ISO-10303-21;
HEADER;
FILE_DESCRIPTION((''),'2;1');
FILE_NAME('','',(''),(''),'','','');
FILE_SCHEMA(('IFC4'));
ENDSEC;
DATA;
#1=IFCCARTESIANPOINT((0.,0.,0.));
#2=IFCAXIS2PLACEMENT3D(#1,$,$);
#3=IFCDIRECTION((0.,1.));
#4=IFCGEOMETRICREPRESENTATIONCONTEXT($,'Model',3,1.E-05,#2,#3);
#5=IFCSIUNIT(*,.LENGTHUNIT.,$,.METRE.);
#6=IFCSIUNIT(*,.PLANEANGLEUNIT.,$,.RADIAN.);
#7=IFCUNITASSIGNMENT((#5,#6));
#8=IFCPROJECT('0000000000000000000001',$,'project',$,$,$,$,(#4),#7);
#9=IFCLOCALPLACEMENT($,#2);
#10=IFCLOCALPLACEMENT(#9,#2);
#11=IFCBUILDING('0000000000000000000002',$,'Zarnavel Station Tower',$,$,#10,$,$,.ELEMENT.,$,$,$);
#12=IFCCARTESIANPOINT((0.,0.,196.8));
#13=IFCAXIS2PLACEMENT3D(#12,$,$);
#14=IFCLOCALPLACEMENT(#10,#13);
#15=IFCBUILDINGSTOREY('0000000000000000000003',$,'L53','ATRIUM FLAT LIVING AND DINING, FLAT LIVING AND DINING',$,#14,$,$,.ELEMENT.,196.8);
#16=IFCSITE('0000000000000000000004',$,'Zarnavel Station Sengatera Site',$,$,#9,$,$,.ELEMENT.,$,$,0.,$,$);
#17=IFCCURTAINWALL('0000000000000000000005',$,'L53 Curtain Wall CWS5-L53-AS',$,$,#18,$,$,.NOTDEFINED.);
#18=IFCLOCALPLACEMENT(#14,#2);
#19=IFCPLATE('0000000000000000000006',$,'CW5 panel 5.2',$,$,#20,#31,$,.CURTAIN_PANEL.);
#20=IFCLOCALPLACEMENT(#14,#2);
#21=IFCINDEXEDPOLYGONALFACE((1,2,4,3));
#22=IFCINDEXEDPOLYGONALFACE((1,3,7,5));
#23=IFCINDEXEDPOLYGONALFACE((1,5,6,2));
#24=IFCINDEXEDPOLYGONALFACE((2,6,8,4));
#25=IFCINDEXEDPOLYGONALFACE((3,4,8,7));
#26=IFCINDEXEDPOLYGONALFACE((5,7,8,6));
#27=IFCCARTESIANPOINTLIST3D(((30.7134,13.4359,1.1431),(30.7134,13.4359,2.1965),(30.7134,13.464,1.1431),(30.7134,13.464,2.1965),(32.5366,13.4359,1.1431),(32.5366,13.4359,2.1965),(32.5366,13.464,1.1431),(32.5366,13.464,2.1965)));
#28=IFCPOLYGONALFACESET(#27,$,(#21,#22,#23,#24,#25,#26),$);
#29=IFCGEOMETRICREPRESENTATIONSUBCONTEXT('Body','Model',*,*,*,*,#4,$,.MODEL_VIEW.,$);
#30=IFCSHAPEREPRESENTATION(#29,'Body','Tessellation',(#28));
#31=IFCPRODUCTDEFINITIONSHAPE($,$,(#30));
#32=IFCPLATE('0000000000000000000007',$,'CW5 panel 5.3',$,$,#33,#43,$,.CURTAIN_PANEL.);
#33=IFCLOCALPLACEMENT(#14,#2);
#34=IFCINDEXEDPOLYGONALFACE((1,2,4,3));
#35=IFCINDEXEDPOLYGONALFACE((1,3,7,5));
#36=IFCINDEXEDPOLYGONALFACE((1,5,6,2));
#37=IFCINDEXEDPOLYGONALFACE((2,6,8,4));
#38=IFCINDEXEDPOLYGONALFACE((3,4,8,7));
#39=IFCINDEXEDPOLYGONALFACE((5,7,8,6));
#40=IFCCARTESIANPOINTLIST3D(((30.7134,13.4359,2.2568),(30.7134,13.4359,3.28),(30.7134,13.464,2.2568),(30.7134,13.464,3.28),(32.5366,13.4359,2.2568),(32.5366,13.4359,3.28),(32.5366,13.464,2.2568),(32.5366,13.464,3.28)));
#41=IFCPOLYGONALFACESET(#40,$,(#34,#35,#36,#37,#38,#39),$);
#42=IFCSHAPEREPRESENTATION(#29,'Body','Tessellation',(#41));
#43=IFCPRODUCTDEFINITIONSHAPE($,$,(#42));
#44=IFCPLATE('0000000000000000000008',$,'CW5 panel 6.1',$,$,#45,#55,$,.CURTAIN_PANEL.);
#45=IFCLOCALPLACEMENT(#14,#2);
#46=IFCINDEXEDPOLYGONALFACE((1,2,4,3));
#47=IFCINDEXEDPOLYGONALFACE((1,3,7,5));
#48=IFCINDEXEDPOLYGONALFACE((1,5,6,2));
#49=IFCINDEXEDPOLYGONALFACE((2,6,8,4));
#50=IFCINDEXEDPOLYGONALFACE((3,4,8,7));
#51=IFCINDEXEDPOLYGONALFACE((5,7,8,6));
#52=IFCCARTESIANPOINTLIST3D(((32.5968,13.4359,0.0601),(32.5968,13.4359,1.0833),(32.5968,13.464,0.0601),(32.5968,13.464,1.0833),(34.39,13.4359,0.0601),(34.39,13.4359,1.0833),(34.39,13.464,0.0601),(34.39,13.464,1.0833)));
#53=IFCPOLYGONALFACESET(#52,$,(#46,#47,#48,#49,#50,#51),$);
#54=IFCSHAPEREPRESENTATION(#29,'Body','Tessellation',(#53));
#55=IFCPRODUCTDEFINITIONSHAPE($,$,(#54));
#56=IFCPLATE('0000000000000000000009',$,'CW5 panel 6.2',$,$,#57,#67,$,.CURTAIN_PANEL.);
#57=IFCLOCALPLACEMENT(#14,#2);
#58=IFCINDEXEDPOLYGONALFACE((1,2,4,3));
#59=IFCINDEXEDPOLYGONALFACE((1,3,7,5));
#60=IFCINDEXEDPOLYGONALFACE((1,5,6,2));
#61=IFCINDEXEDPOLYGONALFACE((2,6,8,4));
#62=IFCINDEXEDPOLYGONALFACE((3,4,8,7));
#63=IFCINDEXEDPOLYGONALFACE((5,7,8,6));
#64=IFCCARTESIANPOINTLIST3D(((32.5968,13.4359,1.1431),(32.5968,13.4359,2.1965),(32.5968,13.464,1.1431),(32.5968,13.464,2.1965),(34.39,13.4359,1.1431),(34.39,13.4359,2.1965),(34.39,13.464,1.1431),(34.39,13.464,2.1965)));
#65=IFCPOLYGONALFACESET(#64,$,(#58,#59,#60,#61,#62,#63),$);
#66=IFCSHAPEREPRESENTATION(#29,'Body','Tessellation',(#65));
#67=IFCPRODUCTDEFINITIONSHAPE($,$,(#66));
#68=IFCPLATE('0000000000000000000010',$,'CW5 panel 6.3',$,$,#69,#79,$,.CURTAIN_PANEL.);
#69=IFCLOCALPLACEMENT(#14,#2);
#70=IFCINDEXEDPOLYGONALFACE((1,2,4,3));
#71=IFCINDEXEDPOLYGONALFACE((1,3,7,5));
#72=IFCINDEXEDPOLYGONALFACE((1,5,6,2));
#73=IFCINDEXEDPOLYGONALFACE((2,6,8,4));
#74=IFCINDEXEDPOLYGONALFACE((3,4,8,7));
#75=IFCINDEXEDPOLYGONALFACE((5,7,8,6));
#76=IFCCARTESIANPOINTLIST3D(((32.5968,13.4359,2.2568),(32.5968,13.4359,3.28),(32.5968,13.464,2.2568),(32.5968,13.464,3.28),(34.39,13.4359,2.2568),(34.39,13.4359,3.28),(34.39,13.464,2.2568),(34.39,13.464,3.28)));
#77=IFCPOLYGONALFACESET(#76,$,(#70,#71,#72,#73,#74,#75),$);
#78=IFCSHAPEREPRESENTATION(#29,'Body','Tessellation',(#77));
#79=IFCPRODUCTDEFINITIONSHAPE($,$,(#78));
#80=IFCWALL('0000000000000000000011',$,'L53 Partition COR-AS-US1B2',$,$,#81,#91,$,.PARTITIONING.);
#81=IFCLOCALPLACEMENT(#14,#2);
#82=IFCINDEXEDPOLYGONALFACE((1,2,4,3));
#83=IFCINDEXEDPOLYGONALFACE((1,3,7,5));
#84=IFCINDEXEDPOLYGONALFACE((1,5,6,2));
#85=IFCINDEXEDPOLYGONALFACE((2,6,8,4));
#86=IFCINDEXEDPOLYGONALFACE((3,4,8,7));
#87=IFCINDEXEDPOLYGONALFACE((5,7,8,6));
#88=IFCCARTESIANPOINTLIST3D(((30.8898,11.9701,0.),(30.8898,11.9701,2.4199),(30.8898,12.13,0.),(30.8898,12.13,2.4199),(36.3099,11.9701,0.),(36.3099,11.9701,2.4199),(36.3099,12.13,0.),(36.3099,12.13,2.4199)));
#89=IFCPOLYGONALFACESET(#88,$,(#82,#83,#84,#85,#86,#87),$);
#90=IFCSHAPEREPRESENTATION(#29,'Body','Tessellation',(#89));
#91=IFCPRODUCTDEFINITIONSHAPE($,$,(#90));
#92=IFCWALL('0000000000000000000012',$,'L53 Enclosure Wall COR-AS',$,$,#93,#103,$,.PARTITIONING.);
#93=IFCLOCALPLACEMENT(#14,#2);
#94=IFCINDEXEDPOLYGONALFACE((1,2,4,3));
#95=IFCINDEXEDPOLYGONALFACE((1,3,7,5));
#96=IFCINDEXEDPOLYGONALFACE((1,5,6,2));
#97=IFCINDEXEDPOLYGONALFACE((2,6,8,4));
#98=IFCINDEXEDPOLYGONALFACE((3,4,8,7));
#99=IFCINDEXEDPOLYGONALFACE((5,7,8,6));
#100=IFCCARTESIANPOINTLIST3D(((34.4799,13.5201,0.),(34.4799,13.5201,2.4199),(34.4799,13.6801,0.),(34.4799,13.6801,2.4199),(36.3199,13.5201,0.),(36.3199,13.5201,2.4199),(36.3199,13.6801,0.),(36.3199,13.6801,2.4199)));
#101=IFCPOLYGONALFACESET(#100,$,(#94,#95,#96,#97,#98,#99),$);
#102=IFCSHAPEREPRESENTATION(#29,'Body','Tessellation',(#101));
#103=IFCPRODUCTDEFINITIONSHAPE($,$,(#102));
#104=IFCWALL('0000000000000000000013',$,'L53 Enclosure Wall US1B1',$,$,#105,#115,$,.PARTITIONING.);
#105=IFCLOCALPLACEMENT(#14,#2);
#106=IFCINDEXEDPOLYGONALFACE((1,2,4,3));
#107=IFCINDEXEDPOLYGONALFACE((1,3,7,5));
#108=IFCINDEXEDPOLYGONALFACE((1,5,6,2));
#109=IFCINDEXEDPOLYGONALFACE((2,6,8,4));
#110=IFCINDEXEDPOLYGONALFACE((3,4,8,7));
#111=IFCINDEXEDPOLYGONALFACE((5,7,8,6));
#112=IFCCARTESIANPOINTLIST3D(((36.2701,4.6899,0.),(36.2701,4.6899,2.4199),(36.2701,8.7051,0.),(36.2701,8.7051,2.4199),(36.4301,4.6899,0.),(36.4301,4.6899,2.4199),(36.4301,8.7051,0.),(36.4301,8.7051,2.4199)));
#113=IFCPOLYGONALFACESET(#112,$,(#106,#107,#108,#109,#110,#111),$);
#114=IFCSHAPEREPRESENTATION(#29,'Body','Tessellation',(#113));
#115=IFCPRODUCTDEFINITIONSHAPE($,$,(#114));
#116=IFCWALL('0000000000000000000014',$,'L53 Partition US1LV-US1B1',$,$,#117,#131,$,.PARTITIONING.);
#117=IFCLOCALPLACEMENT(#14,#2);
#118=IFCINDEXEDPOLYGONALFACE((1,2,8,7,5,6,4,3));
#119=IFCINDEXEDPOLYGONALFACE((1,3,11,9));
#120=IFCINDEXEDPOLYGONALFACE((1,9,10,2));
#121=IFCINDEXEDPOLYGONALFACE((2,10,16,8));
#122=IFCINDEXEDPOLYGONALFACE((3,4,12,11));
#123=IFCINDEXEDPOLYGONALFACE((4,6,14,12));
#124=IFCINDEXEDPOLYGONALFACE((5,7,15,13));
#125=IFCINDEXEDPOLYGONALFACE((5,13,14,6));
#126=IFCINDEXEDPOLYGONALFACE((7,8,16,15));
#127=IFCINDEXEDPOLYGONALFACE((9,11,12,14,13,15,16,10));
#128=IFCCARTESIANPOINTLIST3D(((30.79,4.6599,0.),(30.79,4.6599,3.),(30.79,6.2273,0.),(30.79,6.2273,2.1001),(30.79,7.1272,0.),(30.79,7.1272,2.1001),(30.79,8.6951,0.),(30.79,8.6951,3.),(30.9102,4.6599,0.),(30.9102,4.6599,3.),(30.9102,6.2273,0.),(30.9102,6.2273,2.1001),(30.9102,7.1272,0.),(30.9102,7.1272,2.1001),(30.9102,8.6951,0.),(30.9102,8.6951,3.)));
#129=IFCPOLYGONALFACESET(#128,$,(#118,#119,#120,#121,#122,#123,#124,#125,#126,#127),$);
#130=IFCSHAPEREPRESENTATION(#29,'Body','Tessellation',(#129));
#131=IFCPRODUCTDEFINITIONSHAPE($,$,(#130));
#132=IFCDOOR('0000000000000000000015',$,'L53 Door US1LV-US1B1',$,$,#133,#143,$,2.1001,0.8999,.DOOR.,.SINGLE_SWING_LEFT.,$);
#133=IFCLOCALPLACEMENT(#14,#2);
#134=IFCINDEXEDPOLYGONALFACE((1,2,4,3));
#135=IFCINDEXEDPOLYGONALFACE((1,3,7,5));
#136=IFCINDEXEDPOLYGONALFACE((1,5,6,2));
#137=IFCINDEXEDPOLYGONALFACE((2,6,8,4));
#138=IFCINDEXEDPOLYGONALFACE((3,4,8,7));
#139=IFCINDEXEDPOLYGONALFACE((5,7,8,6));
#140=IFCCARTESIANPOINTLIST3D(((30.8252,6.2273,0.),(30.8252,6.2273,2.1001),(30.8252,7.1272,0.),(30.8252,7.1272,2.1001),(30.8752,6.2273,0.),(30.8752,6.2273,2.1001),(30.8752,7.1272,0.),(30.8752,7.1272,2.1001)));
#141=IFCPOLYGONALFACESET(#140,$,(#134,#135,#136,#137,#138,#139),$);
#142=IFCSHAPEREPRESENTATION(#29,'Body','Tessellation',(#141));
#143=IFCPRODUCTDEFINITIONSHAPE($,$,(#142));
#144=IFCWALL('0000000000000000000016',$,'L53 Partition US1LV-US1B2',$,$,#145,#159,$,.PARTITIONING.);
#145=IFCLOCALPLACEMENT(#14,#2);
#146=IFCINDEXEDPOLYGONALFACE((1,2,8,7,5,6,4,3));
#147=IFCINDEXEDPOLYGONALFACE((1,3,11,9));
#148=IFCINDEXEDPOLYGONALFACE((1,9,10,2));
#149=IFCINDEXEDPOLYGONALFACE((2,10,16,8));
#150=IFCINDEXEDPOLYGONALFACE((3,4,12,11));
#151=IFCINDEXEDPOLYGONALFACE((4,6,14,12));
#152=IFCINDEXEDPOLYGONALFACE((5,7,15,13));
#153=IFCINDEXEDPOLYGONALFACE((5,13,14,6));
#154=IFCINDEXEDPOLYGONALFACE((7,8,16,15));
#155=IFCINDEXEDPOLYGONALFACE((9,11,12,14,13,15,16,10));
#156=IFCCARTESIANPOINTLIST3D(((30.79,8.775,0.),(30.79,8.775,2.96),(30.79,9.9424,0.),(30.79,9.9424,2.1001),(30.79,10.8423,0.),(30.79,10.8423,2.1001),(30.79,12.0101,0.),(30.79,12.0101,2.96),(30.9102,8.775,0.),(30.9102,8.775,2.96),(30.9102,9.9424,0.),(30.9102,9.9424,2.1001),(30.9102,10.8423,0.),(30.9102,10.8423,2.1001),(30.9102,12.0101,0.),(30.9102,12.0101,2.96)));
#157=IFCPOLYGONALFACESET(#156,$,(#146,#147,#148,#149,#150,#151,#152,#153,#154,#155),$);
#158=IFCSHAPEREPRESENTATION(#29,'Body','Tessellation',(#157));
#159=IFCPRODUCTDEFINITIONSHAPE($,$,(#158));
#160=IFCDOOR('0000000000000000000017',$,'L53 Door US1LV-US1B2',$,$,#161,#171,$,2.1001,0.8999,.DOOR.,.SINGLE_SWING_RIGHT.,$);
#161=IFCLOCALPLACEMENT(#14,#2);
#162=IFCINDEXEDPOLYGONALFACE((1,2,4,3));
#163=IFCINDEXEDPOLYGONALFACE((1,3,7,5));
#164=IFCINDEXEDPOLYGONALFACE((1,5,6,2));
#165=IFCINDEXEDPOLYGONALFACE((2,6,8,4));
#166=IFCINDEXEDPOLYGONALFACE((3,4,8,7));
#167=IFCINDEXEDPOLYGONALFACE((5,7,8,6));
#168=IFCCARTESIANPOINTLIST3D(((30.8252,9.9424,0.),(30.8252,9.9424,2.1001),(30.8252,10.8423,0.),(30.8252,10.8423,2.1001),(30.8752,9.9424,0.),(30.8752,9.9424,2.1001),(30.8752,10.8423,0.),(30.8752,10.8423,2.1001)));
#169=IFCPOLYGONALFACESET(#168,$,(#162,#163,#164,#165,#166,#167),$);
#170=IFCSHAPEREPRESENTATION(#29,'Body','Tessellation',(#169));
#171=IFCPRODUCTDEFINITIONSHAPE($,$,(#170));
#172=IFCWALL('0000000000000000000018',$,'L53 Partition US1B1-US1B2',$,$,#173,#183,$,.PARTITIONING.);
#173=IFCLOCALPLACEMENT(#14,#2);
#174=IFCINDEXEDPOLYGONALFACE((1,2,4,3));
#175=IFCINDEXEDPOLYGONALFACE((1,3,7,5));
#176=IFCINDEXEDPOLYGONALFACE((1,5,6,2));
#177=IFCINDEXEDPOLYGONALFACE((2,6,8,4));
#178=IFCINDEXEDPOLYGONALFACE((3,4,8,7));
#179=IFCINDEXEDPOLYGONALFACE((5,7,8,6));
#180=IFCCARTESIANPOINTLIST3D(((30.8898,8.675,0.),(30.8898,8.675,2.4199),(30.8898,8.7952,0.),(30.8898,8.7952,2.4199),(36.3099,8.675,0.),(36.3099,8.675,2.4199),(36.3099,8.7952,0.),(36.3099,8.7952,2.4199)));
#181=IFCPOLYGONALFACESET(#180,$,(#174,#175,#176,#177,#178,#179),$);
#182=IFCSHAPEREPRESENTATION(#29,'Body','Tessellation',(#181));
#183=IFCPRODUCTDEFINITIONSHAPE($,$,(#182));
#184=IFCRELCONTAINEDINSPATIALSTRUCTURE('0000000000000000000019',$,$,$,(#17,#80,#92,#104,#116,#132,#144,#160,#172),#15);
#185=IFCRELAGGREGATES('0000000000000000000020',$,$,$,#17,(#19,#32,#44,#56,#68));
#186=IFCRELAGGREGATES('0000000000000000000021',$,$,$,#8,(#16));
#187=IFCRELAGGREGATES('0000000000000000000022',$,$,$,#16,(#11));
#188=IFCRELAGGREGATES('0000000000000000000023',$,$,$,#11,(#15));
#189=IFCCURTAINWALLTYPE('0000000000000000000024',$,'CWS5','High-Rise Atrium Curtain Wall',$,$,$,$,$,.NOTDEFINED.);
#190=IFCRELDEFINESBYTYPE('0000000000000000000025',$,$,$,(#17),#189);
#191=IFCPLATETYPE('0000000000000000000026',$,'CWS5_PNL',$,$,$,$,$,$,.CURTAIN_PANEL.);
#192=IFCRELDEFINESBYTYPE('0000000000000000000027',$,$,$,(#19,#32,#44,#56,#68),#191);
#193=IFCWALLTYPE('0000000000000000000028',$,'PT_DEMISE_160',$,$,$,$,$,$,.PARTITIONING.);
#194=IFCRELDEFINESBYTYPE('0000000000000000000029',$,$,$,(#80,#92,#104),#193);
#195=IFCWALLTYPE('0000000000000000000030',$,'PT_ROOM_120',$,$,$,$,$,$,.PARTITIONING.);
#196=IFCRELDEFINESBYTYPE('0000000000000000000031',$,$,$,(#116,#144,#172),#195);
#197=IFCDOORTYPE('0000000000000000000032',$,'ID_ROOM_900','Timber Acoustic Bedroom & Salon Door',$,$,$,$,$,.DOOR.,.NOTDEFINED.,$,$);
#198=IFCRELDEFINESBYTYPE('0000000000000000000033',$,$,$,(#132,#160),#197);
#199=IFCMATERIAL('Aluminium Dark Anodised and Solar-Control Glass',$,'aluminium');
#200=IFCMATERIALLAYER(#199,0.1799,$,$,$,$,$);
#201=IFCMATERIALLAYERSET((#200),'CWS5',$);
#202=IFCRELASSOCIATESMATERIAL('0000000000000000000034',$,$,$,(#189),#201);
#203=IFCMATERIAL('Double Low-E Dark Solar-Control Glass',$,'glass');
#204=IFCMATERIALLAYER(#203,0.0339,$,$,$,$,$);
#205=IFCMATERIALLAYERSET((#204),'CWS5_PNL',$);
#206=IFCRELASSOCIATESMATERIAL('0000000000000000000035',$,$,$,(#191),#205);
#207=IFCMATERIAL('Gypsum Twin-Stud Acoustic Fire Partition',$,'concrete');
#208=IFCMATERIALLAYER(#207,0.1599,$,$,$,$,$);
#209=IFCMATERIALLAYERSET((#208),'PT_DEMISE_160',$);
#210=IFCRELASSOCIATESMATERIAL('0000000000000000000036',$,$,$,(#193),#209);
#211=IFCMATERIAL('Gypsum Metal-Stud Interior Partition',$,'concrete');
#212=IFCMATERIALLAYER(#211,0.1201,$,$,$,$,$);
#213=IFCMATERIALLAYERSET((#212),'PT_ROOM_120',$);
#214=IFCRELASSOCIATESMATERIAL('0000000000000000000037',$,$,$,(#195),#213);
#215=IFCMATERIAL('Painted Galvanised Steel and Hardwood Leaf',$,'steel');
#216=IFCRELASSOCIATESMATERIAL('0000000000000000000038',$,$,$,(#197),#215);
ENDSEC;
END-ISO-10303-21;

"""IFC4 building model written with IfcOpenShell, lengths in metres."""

from ifc_helpers import new_model, si_unit, direction, frame, frame_2d, origin, origin_2d, place, context, subcontext, project, spatial, rectangle, extrude, material, layer, layer_set, type_object, element, fill, aggregate, save


model = new_model("IFC4")

# Units and contexts
model_context = context("Model", 3, precision=1e-05, world=origin(), true_north=direction((0.0, 1.0)))
body_context = subcontext(model_context, "Body", "Model", "MODEL_VIEW")
ifc_project = project(units=[si_unit("LENGTHUNIT", "METRE"), si_unit("PLANEANGLEUNIT", "RADIAN")], contexts=[model_context])

# Site, building, storey
site_placement = place(None, origin())
site = spatial("IfcSite", under=ifc_project, at=site_placement, Name="Zarnavel Station Sengatera Site", CompositionType="ELEMENT", RefElevation=0.0)
building_placement = place(site_placement, origin())
building = spatial("IfcBuilding", under=site, at=building_placement, Name="Zarnavel Station Tower", CompositionType="ELEMENT")
storey_placement = place(building_placement, frame((0.0, 0.0, 196.8)))
storey = spatial("IfcBuildingStorey", under=building, at=storey_placement, Name="L53", Description="ATRIUM FLAT LIVING AND DINING, FLAT LIVING AND DINING", CompositionType="ELEMENT", Elevation=196.8)

# Curtain wall
ifc_material_1 = material(Name="Aluminium Dark Anodised and Solar-Control Glass", Category="aluminium")
ifc_layer_1 = layer(ifc_material_1, 0.1799)
ifc_layer_set_1 = layer_set([ifc_layer_1], Name="CWS5")
curtain_wall_type = type_object("IfcCurtainWallType", Name="CWS5", Description="High-Rise Atrium Curtain Wall", PredefinedType="NOTDEFINED", material=ifc_layer_set_1)
curtain_wall_placement = place(storey_placement, origin())
curtain_wall = element("IfcCurtainWall", 1, at=curtain_wall_placement, inside=storey, type_object=curtain_wall_type, Name="L53 Curtain Wall CWS5-L53-AS", PredefinedType="NOTDEFINED")

# Plates
ifc_material_2 = material(Name="Double Low-E Dark Solar-Control Glass", Category="glass")
ifc_layer_2 = layer(ifc_material_2, 0.0339)
ifc_layer_set_2 = layer_set([ifc_layer_2], Name="CWS5_PNL")
plate_type = type_object("IfcPlateType", Name="CWS5_PNL", PredefinedType="CURTAIN_PANEL", material=ifc_layer_set_2)
plate_1_placement = place(storey_placement, frame((31.625, 13.45, 1.1431), z_axis=(0.0, 0.0, 1.0), x_axis=(1.0, 0.0, 0.0)))
plate_1 = element("IfcPlate", 2, at=plate_1_placement, type_object=plate_type, Name="CW5 panel 5.2", PredefinedType="CURTAIN_PANEL", context=body_context, shape_type="SweptSolid", body=[
    extrude(rectangle(XDim=1.8232, YDim=0.0281, at=origin_2d()), origin(), (0.0, 0.0, 1.0), 1.0535),
])
plate_2_placement = place(storey_placement, frame((31.625, 13.45, 2.2568), z_axis=(0.0, 0.0, 1.0), x_axis=(1.0, 0.0, 0.0)))
plate_2 = element("IfcPlate", 3, at=plate_2_placement, type_object=plate_type, Name="CW5 panel 5.3", PredefinedType="CURTAIN_PANEL", context=body_context, shape_type="SweptSolid", body=[
    extrude(rectangle(XDim=1.8232, YDim=0.0281, at=origin_2d()), origin(), (0.0, 0.0, 1.0), 1.0232),
])
plate_3_placement = place(storey_placement, frame((33.4934, 13.45, 0.0601), z_axis=(0.0, 0.0, 1.0), x_axis=(1.0, 0.0, 0.0)))
plate_3 = element("IfcPlate", 4, at=plate_3_placement, type_object=plate_type, Name="CW5 panel 6.1", PredefinedType="CURTAIN_PANEL", context=body_context, shape_type="SweptSolid", body=[
    extrude(rectangle(XDim=1.7932, YDim=0.0281, at=origin_2d()), origin(), (0.0, 0.0, 1.0), 1.0232),
])
plate_4_placement = place(storey_placement, frame((33.4934, 13.45, 1.1431), z_axis=(0.0, 0.0, 1.0), x_axis=(1.0, 0.0, 0.0)))
plate_4 = element("IfcPlate", 5, at=plate_4_placement, type_object=plate_type, Name="CW5 panel 6.2", PredefinedType="CURTAIN_PANEL", context=body_context, shape_type="SweptSolid", body=[
    extrude(rectangle(XDim=1.7932, YDim=0.0281, at=origin_2d()), origin(), (0.0, 0.0, 1.0), 1.0535),
])
plate_5_placement = place(storey_placement, frame((33.4934, 13.45, 2.2568), z_axis=(0.0, 0.0, 1.0), x_axis=(1.0, 0.0, 0.0)))
plate_5 = element("IfcPlate", 6, at=plate_5_placement, type_object=plate_type, Name="CW5 panel 6.3", PredefinedType="CURTAIN_PANEL", context=body_context, shape_type="SweptSolid", body=[
    extrude(rectangle(XDim=1.7932, YDim=0.0281, at=origin_2d()), origin(), (0.0, 0.0, 1.0), 1.0232),
])
aggregate(curtain_wall, [plate_1, plate_2, plate_3, plate_4, plate_5])

# Walls
ifc_material_3 = material(Name="Gypsum Twin-Stud Acoustic Fire Partition", Category="concrete")
ifc_layer_3 = layer(ifc_material_3, 0.1599)
ifc_layer_set_3 = layer_set([ifc_layer_3], Name="PT_DEMISE_160")
wall_type_1 = type_object("IfcWallType", Name="PT_DEMISE_160", PredefinedType="PARTITIONING", material=ifc_layer_set_3)
wall_1_placement = place(storey_placement, frame((30.8899, 12.05, 0.0), z_axis=(0.0, 0.0, 1.0), x_axis=(1.0, 0.0, 0.0)))
element("IfcWall", 7, at=wall_1_placement, inside=storey, type_object=wall_type_1, Name="L53 Partition COR-AS-US1B2", PredefinedType="PARTITIONING", context=body_context, shape_type="SweptSolid", body=[
    extrude(rectangle(XDim=5.4202, YDim=0.1599, at=frame_2d((2.71, 0.0))), origin(), (0.0, 0.0, 1.0), 2.4199),
])
wall_2_placement = place(storey_placement, frame((34.48, 13.6001, 0.0), z_axis=(0.0, 0.0, 1.0), x_axis=(1.0, 0.0, 0.0)))
element("IfcWall", 8, at=wall_2_placement, inside=storey, type_object=wall_type_1, Name="L53 Enclosure Wall COR-AS", PredefinedType="PARTITIONING", context=body_context, shape_type="SweptSolid", body=[
    extrude(rectangle(XDim=1.8401, YDim=0.1599, at=frame_2d((0.9199, 0.0))), origin(), (0.0, 0.0, 1.0), 2.4199),
])
wall_3_placement = place(storey_placement, frame((36.3501, 4.6899, 0.0), z_axis=(0.0, 0.0, 1.0), x_axis=(0.0, 1.0, 0.0)))
element("IfcWall", 9, at=wall_3_placement, inside=storey, type_object=wall_type_1, Name="L53 Enclosure Wall US1B1", PredefinedType="PARTITIONING", context=body_context, shape_type="SweptSolid", body=[
    extrude(rectangle(XDim=4.0151, YDim=0.1599, at=frame_2d((2.0076, 0.0))), origin(), (0.0, 0.0, 1.0), 2.4199),
])

# Walls, openings, doors
ifc_material_4 = material(Name="Gypsum Metal-Stud Interior Partition", Category="concrete")
ifc_layer_4 = layer(ifc_material_4, 0.1201)
ifc_layer_set_4 = layer_set([ifc_layer_4], Name="PT_ROOM_120")
wall_type_2 = type_object("IfcWallType", Name="PT_ROOM_120", PredefinedType="PARTITIONING", material=ifc_layer_set_4)
wall_4_placement = place(storey_placement, frame((30.8501, 4.6599, 0.0), z_axis=(0.0, 0.0, 1.0), x_axis=(0.0, 1.0, 0.0)))
wall_4 = element("IfcWall", 10, at=wall_4_placement, inside=storey, type_object=wall_type_2, Name="L53 Partition US1LV-US1B1", PredefinedType="PARTITIONING", context=body_context, shape_type="SweptSolid", body=[
    extrude(rectangle(XDim=4.0352, YDim=0.1201, at=frame_2d((2.0176, 0.0))), origin(), (0.0, 0.0, 1.0), 3.0),
])
opening_1_placement = place(wall_4_placement, frame((1.5674, 0.0, 0.0)))
opening_1 = element("IfcOpeningElement", 11, at=opening_1_placement, cuts=wall_4, PredefinedType="OPENING", context=body_context, shape_type="SweptSolid", body=[
    extrude(rectangle(XDim=0.8999, YDim=2.1001, at=frame_2d((0.45, 1.05))), frame((0.0, 0.0701, 0.0), z_axis=(0.0, -1.0, 0.0), x_axis=(1.0, 0.0, 0.0)), (0.0, 0.0, 1.0), 0.1401),
])
ifc_material_5 = material(Name="Painted Galvanised Steel and Hardwood Leaf", Category="steel")
door_type = type_object("IfcDoorType", Name="ID_ROOM_900", Description="Timber Acoustic Bedroom & Salon Door", OperationType="NOTDEFINED", PredefinedType="DOOR", material=ifc_material_5)
door_1_placement = place(opening_1_placement, origin())
door_1 = element("IfcDoor", 12, at=door_1_placement, inside=storey, type_object=door_type, Name="L53 Door US1LV-US1B1", OperationType="SINGLE_SWING_LEFT", OverallHeight=2.1001, OverallWidth=0.8999, PredefinedType="DOOR", context=body_context, shape_type="SweptSolid", body=[
    extrude(rectangle(XDim=0.8999, YDim=2.1001, at=frame_2d((0.45, 1.05))), frame((0.0, 0.0249, 0.0), z_axis=(0.0, -1.0, 0.0), x_axis=(1.0, 0.0, 0.0)), (0.0, 0.0, 1.0), 0.05),
])
fill(opening_1, door_1)
wall_5_placement = place(storey_placement, frame((30.8501, 8.7749, 0.0), z_axis=(0.0, 0.0, 1.0), x_axis=(0.0, 1.0, 0.0)))
wall_5 = element("IfcWall", 13, at=wall_5_placement, inside=storey, type_object=wall_type_2, Name="L53 Partition US1LV-US1B2", PredefinedType="PARTITIONING", context=body_context, shape_type="SweptSolid", body=[
    extrude(rectangle(XDim=3.2351, YDim=0.1201, at=frame_2d((1.6177, 0.0))), origin(), (0.0, 0.0, 1.0), 2.96),
])
opening_2_placement = place(wall_5_placement, frame((1.1675, 0.0, 0.0)))
opening_2 = element("IfcOpeningElement", 14, at=opening_2_placement, cuts=wall_5, PredefinedType="OPENING", context=body_context, shape_type="SweptSolid", body=[
    extrude(rectangle(XDim=0.8999, YDim=2.1001, at=frame_2d((0.45, 1.05))), frame((0.0, 0.0701, 0.0), z_axis=(0.0, -1.0, 0.0), x_axis=(1.0, 0.0, 0.0)), (0.0, 0.0, 1.0), 0.1401),
])
door_2_placement = place(opening_2_placement, origin())
door_2 = element("IfcDoor", 15, at=door_2_placement, inside=storey, type_object=door_type, Name="L53 Door US1LV-US1B2", OperationType="SINGLE_SWING_RIGHT", OverallHeight=2.1001, OverallWidth=0.8999, PredefinedType="DOOR", context=body_context, shape_type="SweptSolid", body=[
    extrude(rectangle(XDim=0.8999, YDim=2.1001, at=frame_2d((0.45, 1.05))), frame((0.0, 0.0249, 0.0), z_axis=(0.0, -1.0, 0.0), x_axis=(1.0, 0.0, 0.0)), (0.0, 0.0, 1.0), 0.05),
])
fill(opening_2, door_2)

# Wall
wall_6_placement = place(storey_placement, frame((30.8899, 8.7351, 0.0), z_axis=(0.0, 0.0, 1.0), x_axis=(1.0, 0.0, 0.0)))
element("IfcWall", 16, at=wall_6_placement, inside=storey, type_object=wall_type_2, Name="L53 Partition US1B1-US1B2", PredefinedType="PARTITIONING", context=body_context, shape_type="SweptSolid", body=[
    extrude(rectangle(XDim=5.4202, YDim=0.1201, at=frame_2d((2.71, 0.0))), origin(), (0.0, 0.0, 1.0), 2.4199),
])

save(model, "model.ifc")
